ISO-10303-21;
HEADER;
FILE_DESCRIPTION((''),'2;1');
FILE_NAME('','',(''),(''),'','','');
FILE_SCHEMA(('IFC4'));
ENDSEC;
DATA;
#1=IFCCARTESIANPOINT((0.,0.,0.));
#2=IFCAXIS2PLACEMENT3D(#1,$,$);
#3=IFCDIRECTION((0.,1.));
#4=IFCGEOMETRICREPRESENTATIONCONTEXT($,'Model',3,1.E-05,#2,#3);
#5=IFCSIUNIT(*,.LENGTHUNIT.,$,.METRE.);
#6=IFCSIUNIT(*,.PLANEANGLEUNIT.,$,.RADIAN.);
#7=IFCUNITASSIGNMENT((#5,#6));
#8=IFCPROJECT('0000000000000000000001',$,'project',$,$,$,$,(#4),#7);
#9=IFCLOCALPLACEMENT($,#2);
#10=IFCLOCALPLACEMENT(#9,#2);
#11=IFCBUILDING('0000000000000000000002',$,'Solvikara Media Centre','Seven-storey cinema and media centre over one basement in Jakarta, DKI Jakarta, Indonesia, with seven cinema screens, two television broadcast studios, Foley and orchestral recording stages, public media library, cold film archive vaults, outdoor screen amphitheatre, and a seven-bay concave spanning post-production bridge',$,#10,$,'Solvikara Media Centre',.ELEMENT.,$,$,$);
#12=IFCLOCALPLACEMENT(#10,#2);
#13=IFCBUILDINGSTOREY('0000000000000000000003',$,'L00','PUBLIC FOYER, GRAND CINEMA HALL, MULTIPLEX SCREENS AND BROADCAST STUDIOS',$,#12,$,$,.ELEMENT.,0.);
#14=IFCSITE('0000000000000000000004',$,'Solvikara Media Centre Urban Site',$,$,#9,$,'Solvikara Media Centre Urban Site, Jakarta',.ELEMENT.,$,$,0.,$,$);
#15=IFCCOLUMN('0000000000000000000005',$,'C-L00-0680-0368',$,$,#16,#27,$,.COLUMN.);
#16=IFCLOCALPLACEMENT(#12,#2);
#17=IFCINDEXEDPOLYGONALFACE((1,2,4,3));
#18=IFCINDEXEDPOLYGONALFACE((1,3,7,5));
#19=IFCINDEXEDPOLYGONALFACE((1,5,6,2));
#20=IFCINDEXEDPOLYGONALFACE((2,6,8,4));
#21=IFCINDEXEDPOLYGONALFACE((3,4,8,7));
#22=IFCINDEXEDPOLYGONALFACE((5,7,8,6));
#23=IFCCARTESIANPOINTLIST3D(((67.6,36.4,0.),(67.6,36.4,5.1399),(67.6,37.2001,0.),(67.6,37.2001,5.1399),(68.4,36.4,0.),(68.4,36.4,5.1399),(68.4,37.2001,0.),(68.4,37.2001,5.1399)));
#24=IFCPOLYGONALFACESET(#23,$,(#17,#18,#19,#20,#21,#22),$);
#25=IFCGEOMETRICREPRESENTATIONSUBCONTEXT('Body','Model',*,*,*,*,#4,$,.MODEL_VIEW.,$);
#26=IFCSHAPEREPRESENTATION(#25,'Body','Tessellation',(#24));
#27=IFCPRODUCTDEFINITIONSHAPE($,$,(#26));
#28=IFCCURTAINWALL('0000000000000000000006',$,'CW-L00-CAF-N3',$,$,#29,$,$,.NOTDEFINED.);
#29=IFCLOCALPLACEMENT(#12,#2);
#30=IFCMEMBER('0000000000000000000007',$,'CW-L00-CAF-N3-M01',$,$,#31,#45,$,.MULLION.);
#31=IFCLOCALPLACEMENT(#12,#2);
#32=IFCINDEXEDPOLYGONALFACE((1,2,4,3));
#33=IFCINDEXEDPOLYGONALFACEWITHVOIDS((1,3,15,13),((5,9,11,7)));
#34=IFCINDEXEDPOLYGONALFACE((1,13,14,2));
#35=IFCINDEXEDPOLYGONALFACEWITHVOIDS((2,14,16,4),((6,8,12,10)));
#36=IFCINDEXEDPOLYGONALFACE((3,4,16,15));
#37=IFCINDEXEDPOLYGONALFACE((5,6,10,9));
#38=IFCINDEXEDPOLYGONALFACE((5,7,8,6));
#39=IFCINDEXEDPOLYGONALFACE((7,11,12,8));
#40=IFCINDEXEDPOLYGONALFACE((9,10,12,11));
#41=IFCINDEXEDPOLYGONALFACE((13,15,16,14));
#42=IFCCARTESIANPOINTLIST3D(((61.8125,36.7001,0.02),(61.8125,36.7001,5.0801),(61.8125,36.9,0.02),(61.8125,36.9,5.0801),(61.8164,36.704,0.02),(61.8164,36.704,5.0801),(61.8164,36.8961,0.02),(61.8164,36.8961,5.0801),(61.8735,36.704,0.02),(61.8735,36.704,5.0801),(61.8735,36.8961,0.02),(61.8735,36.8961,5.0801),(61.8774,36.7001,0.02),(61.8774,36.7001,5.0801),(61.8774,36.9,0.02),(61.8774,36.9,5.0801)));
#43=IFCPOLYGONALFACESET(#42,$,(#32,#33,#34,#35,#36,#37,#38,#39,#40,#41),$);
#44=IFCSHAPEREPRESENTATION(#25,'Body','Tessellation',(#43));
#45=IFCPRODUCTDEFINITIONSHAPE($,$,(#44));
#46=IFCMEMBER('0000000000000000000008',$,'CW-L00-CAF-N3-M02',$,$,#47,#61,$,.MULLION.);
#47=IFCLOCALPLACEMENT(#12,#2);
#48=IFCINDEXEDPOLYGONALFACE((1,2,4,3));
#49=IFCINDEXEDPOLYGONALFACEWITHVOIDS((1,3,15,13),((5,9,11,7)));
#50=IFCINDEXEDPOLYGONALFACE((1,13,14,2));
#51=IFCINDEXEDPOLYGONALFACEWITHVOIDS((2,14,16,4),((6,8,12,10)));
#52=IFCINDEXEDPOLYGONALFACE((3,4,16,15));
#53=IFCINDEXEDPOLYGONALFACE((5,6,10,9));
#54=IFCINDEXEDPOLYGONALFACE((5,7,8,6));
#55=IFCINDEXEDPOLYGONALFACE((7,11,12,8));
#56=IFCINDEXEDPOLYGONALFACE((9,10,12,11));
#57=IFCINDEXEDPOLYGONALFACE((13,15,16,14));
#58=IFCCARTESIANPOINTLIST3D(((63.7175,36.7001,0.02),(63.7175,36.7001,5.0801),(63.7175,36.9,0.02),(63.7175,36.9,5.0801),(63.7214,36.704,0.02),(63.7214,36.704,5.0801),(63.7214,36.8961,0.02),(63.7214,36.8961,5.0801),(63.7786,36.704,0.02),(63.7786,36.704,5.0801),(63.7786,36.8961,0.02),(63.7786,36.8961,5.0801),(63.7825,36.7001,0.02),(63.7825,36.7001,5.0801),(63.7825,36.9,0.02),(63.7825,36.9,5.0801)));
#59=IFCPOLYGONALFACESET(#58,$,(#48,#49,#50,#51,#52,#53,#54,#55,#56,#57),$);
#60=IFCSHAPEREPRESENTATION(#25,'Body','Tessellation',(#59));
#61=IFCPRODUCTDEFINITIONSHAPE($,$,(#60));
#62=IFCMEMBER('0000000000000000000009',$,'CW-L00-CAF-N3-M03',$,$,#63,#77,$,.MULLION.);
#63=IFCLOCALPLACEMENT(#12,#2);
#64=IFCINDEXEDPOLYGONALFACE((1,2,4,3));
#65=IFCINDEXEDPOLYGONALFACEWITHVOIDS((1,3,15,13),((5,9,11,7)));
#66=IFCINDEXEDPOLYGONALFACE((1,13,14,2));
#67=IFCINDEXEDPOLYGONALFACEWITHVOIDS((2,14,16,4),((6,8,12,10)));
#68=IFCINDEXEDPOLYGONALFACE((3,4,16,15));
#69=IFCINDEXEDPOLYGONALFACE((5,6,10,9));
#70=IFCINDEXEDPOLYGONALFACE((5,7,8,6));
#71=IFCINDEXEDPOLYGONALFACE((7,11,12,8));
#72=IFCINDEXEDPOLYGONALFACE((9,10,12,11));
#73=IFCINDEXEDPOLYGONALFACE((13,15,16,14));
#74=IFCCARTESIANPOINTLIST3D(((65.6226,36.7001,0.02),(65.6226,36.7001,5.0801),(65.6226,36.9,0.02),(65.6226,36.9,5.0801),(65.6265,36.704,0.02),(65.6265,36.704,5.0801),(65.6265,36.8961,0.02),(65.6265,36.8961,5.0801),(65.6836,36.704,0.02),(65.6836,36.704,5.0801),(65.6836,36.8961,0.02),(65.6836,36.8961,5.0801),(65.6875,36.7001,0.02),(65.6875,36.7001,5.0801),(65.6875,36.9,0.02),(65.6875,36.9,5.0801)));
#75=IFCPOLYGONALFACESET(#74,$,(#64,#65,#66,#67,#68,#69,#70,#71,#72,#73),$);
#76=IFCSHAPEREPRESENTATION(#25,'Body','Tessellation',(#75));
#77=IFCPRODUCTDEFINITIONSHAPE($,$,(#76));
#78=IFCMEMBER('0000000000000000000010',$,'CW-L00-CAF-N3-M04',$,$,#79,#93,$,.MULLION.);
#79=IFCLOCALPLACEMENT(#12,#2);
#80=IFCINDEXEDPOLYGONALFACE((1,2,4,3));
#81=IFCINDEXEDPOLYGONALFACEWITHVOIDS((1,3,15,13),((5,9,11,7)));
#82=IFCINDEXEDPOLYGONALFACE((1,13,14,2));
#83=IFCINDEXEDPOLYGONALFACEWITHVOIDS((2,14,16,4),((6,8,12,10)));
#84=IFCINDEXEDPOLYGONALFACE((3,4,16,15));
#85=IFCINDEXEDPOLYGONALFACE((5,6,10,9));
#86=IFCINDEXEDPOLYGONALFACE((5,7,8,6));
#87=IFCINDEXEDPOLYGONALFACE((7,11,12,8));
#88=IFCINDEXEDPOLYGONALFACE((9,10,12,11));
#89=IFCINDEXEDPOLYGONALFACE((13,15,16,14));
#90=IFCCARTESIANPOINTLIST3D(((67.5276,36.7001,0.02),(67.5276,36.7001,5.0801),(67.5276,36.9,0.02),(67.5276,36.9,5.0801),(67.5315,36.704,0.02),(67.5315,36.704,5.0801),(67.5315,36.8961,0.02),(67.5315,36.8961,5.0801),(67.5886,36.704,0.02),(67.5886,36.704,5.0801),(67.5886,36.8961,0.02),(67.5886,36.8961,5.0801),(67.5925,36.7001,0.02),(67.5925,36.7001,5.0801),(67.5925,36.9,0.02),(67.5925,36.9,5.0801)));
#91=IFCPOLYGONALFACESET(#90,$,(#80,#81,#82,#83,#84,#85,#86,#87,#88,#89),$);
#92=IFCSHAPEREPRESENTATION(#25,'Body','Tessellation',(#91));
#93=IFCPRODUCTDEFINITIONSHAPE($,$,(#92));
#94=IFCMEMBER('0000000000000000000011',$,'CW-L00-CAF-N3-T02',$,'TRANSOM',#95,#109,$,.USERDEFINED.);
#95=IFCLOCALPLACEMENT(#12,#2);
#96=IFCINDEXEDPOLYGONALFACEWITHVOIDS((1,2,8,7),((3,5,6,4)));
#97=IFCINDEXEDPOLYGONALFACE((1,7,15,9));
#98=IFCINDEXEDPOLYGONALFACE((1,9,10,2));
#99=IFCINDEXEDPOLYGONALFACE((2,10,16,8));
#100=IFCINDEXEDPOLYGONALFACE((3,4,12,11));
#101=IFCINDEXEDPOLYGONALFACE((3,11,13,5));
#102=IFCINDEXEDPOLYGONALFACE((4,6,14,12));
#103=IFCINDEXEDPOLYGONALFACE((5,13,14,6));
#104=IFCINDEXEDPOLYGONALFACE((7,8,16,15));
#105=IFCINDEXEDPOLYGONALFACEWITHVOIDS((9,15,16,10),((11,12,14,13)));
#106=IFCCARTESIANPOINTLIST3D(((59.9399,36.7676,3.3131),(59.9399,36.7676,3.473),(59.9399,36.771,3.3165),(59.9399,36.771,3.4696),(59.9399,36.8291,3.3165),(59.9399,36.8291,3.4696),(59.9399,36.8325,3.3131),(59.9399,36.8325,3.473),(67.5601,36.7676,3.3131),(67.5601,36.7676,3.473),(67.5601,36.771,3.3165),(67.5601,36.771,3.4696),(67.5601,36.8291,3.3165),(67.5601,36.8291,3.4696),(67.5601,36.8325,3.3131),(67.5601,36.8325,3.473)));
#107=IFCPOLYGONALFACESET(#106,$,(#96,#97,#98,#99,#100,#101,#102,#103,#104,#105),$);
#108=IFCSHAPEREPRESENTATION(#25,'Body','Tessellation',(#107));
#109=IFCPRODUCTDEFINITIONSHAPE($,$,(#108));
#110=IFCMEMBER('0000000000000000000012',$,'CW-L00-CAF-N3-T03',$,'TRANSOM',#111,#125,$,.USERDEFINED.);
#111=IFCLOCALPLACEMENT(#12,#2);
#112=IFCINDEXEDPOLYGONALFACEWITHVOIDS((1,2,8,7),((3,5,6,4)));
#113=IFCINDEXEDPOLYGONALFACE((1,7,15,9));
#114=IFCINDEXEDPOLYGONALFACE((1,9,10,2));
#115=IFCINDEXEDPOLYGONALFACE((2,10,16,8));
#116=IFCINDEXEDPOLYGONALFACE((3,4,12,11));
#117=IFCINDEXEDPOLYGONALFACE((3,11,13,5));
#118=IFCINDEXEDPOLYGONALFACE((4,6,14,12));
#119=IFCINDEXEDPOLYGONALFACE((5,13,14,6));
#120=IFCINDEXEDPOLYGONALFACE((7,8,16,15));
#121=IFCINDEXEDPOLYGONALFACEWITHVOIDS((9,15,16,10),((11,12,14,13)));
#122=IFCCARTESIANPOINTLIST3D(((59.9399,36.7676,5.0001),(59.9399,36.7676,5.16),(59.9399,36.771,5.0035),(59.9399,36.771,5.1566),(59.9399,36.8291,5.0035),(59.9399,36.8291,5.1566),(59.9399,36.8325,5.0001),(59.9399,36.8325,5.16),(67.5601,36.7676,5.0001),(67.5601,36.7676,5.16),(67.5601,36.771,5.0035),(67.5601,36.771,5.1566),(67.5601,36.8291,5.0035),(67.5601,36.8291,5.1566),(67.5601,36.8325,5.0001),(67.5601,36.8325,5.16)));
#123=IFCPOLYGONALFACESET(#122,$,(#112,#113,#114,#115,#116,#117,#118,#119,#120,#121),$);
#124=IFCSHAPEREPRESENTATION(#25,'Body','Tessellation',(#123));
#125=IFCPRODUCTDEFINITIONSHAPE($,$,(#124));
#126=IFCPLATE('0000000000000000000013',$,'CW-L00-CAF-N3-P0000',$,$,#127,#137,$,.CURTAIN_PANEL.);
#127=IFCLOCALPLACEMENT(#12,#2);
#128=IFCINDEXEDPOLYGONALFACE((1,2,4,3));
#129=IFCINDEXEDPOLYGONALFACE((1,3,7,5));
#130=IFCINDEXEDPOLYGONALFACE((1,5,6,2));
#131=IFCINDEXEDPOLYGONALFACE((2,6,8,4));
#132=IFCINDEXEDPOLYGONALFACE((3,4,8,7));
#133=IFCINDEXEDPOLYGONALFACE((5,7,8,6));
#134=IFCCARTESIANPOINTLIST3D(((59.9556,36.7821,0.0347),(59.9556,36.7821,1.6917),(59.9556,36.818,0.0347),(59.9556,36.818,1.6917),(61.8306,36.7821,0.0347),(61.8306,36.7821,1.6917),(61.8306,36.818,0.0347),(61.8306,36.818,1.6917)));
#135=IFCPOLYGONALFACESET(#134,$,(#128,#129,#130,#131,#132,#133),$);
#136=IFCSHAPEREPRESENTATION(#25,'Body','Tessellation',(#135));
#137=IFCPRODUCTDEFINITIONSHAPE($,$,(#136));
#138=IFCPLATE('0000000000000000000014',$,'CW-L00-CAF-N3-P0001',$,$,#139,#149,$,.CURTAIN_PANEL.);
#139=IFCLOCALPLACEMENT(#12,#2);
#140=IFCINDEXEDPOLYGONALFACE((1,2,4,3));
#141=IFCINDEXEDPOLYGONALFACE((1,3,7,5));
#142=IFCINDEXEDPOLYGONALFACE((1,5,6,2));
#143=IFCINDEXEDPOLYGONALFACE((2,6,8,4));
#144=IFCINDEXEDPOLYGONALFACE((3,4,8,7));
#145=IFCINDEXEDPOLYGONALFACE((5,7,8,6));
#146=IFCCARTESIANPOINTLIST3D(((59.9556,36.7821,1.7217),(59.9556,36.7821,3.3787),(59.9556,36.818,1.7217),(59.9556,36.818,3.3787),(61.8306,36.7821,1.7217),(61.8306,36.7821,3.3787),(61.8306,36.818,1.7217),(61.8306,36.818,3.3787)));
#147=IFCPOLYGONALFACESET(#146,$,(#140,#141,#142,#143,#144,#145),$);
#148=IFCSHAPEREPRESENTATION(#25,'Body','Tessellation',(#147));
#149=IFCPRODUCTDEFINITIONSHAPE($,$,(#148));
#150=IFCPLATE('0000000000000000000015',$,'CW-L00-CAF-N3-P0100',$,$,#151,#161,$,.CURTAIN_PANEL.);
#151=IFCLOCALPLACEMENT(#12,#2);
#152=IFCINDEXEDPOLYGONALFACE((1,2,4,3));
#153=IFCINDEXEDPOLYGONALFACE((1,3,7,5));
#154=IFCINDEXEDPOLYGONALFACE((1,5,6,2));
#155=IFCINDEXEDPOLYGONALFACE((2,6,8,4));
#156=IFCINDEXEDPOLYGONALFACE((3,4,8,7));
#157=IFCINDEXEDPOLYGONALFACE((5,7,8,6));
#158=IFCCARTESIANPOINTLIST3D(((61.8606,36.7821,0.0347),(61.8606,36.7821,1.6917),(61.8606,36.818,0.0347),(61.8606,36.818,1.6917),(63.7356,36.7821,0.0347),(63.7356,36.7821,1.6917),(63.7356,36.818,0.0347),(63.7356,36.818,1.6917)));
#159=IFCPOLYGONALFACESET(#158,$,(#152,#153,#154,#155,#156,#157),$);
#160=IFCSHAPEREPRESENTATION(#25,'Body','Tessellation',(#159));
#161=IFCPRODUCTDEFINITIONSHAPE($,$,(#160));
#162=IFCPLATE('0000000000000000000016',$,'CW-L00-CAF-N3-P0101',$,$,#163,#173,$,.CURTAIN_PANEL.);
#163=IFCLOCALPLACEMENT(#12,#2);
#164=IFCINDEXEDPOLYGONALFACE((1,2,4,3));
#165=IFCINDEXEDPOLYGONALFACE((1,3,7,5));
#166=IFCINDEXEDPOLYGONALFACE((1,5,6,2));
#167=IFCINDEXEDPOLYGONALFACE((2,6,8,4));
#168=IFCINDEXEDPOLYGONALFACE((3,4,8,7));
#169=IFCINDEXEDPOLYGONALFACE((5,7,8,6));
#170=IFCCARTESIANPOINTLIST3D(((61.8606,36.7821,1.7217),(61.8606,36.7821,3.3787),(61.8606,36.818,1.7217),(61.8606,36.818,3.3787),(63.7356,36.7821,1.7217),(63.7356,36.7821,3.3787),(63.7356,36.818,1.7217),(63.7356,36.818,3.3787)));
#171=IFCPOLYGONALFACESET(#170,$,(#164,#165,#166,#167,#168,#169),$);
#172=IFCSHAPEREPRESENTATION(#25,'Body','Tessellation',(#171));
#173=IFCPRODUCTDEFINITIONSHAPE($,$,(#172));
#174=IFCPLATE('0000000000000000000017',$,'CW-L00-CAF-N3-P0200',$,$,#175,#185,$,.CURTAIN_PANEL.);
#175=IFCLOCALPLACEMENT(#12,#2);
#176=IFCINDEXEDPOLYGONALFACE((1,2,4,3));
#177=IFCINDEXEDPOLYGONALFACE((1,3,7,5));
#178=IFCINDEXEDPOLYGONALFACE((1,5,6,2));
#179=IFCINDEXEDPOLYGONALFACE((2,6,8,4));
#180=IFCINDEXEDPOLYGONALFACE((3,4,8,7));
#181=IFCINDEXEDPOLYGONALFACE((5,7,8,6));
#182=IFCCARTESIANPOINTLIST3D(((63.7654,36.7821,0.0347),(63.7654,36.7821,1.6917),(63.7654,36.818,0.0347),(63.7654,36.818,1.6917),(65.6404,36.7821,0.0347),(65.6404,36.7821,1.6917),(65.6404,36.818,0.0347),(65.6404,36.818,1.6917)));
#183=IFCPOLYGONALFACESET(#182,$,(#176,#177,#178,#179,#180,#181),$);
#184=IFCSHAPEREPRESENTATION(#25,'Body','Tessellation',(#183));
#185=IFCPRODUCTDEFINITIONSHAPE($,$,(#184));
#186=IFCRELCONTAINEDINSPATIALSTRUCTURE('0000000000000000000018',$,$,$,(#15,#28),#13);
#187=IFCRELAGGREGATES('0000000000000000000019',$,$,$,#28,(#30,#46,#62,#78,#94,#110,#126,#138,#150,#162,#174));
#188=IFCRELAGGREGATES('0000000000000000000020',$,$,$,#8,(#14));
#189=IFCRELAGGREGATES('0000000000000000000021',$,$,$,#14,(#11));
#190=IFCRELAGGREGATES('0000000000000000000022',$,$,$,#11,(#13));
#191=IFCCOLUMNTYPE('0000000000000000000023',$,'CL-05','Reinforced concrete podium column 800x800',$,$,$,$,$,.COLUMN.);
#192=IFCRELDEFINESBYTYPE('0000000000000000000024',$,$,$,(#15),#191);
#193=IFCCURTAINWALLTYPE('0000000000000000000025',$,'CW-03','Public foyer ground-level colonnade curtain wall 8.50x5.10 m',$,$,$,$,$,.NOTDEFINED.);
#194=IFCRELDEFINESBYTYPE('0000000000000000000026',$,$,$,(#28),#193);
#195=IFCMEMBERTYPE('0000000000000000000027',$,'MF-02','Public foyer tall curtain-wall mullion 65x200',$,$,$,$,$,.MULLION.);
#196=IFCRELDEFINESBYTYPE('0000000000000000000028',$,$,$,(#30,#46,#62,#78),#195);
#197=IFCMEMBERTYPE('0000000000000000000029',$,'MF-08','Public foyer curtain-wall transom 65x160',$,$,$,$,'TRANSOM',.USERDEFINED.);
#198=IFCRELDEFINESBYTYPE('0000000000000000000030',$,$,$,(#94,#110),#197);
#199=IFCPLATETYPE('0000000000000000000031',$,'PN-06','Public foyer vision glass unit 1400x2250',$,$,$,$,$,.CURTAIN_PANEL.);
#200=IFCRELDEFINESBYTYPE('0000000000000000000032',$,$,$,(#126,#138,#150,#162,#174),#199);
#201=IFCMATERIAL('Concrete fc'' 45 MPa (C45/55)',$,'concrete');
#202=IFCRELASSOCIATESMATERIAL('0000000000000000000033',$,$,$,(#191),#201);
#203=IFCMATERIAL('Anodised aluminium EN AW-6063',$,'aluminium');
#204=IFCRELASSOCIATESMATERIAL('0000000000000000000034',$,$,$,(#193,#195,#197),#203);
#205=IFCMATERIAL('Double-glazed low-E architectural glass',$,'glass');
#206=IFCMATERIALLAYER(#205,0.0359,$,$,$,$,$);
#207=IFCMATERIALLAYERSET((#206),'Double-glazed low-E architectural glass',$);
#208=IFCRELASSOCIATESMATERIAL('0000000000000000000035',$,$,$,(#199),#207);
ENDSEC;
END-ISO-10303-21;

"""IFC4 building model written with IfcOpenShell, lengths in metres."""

from ifc_helpers import new_model, si_unit, direction, frame, origin, origin_2d, place, context, subcontext, project, spatial, rectangle, hollow_rectangle, extrude, material, layer, layer_set, material_profile, profile_set, type_object, element, aggregate, save


model = new_model("IFC4")

# Units and contexts
model_context = context("Model", 3, precision=1e-05, world=origin(), true_north=direction((0.0, 1.0)))
body_context = subcontext(model_context, "Body", "Model", "MODEL_VIEW")
ifc_project = project(units=[si_unit("LENGTHUNIT", "METRE"), si_unit("PLANEANGLEUNIT", "RADIAN")], contexts=[model_context])

# Site, building, storey
site_placement = place(None, origin())
site = spatial("IfcSite", under=ifc_project, at=site_placement, Name="Solvikara Media Centre Urban Site", LongName="Solvikara Media Centre Urban Site, Jakarta", CompositionType="ELEMENT", RefElevation=0.0)
building_placement = place(site_placement, origin())
building = spatial("IfcBuilding", under=site, at=building_placement, Name="Solvikara Media Centre", Description="Seven-storey cinema and media centre over one basement in Jakarta, DKI Jakarta, Indonesia, with seven cinema screens, two television broadcast studios, Foley and orchestral recording stages, public media library, cold film archive vaults, outdoor screen amphitheatre, and a seven-bay concave spanning post-production bridge", LongName="Solvikara Media Centre", CompositionType="ELEMENT")
storey_placement = place(building_placement, origin())
storey = spatial("IfcBuildingStorey", under=building, at=storey_placement, Name="L00", Description="PUBLIC FOYER, GRAND CINEMA HALL, MULTIPLEX SCREENS AND BROADCAST STUDIOS", CompositionType="ELEMENT", Elevation=0.0)

# Column
ifc_material_1 = material(Name="Concrete fc' 45 MPa (C45/55)", Category="concrete")
ifc_material_profile_1 = material_profile(ifc_material_1, rectangle(XDim=0.8, YDim=0.8, at=origin_2d()), Name="RC 800x800")
ifc_profile_set_1 = profile_set([ifc_material_profile_1], Name="Concrete fc' 45 MPa (C45/55)")
column_type = type_object("IfcColumnType", Name="CL-05", Description="Reinforced concrete podium column 800x800", PredefinedType="COLUMN", material=ifc_profile_set_1)
column_placement = place(storey_placement, frame((68.0, 36.8, 0.0), z_axis=(0.0, 0.0, 1.0), x_axis=(1.0, 0.0, 0.0)))
element("IfcColumn", 1, at=column_placement, inside=storey, type_object=column_type, Name="C-L00-0680-0368", PredefinedType="COLUMN", context=body_context, shape_type="SweptSolid", body=[
    extrude(rectangle(XDim=0.8, YDim=0.8, at=origin_2d()), origin(), (0.0, 0.0, 1.0), 5.1399),
])

# Curtain wall, members, plates
ifc_material_2 = material(Name="Anodised aluminium EN AW-6063", Category="aluminium")
curtain_wall_type = type_object("IfcCurtainWallType", Name="CW-03", Description="Public foyer ground-level colonnade curtain wall 8.50x5.10 m", PredefinedType="NOTDEFINED", material=ifc_material_2)
curtain_wall_placement = place(storey_placement, origin())
curtain_wall = element("IfcCurtainWall", 2, at=curtain_wall_placement, inside=storey, type_object=curtain_wall_type, Name="CW-L00-CAF-N3", PredefinedType="NOTDEFINED")
ifc_material_profile_2 = material_profile(ifc_material_2, hollow_rectangle(XDim=0.0649, YDim=0.2, WallThickness=0.0039, at=origin_2d()), Name="ALU-M 65x200x4")
ifc_profile_set_2 = profile_set([ifc_material_profile_2], Name="Anodised aluminium EN AW-6063")
member_type_1 = type_object("IfcMemberType", Name="MF-02", Description="Public foyer tall curtain-wall mullion 65x200", PredefinedType="MULLION", material=ifc_profile_set_2)
member_1_placement = place(storey_placement, frame((61.845, 36.8, 0.02), z_axis=(0.0, 0.0, 1.0), x_axis=(1.0, 0.0, 0.0)))
member_1 = element("IfcMember", 3, at=member_1_placement, type_object=member_type_1, Name="CW-L00-CAF-N3-M01", PredefinedType="MULLION", context=body_context, shape_type="SweptSolid", body=[
    extrude(hollow_rectangle(XDim=0.0649, YDim=0.2, WallThickness=0.0039, at=origin_2d()), origin(), (0.0, 0.0, 1.0), 5.0601),
])
member_2_placement = place(storey_placement, frame((63.75, 36.8, 0.02), z_axis=(0.0, 0.0, 1.0), x_axis=(1.0, 0.0, 0.0)))
member_2 = element("IfcMember", 4, at=member_2_placement, type_object=member_type_1, Name="CW-L00-CAF-N3-M02", PredefinedType="MULLION", context=body_context, shape_type="SweptSolid", body=[
    extrude(hollow_rectangle(XDim=0.0649, YDim=0.2, WallThickness=0.0039, at=origin_2d()), origin(), (0.0, 0.0, 1.0), 5.0601),
])
member_3_placement = place(storey_placement, frame((65.655, 36.8, 0.02), z_axis=(0.0, 0.0, 1.0), x_axis=(1.0, 0.0, 0.0)))
member_3 = element("IfcMember", 5, at=member_3_placement, type_object=member_type_1, Name="CW-L00-CAF-N3-M03", PredefinedType="MULLION", context=body_context, shape_type="SweptSolid", body=[
    extrude(hollow_rectangle(XDim=0.0649, YDim=0.2, WallThickness=0.0039, at=origin_2d()), origin(), (0.0, 0.0, 1.0), 5.0601),
])
member_4_placement = place(storey_placement, frame((67.5601, 36.8, 0.02), z_axis=(0.0, 0.0, 1.0), x_axis=(1.0, 0.0, 0.0)))
member_4 = element("IfcMember", 6, at=member_4_placement, type_object=member_type_1, Name="CW-L00-CAF-N3-M04", PredefinedType="MULLION", context=body_context, shape_type="SweptSolid", body=[
    extrude(hollow_rectangle(XDim=0.0649, YDim=0.2, WallThickness=0.0039, at=origin_2d()), origin(), (0.0, 0.0, 1.0), 5.0601),
])
ifc_material_profile_3 = material_profile(ifc_material_2, hollow_rectangle(XDim=0.0649, YDim=0.1599, WallThickness=0.0034, at=origin_2d()), Name="ALU-T 65x160x3.5")
ifc_profile_set_3 = profile_set([ifc_material_profile_3], Name="Anodised aluminium EN AW-6063")
member_type_2 = type_object("IfcMemberType", Name="MF-08", Description="Public foyer curtain-wall transom 65x160", ElementType="TRANSOM", PredefinedType="USERDEFINED", material=ifc_profile_set_3)
member_5_placement = place(storey_placement, frame((59.9399, 36.8, 3.3931), z_axis=(1.0, 0.0, 0.0), x_axis=(0.0, 1.0, 0.0)))
member_5 = element("IfcMember", 7, at=member_5_placement, type_object=member_type_2, Name="CW-L00-CAF-N3-T02", ObjectType="TRANSOM", PredefinedType="USERDEFINED", context=body_context, shape_type="SweptSolid", body=[
    extrude(hollow_rectangle(XDim=0.0649, YDim=0.1599, WallThickness=0.0034, at=origin_2d()), origin(), (0.0, 0.0, 1.0), 7.6201),
])
member_6_placement = place(storey_placement, frame((59.9399, 36.8, 5.0801), z_axis=(1.0, 0.0, 0.0), x_axis=(0.0, 1.0, 0.0)))
member_6 = element("IfcMember", 8, at=member_6_placement, type_object=member_type_2, Name="CW-L00-CAF-N3-T03", ObjectType="TRANSOM", PredefinedType="USERDEFINED", context=body_context, shape_type="SweptSolid", body=[
    extrude(hollow_rectangle(XDim=0.0649, YDim=0.1599, WallThickness=0.0034, at=origin_2d()), origin(), (0.0, 0.0, 1.0), 7.6201),
])
ifc_material_3 = material(Name="Double-glazed low-E architectural glass", Category="glass")
ifc_layer_1 = layer(ifc_material_3, 0.0359)
ifc_layer_set_1 = layer_set([ifc_layer_1], Name="Double-glazed low-E architectural glass")
plate_type_1 = type_object("IfcPlateType", Name="PN-06", Description="Public foyer vision glass unit 1400x2250", PredefinedType="CURTAIN_PANEL", material=ifc_layer_set_1)
plate_1_placement = place(storey_placement, frame((60.8931, 36.8, 0.0347), z_axis=(0.0, 0.0, 1.0), x_axis=(1.0, 0.0, 0.0)))
plate_1 = element("IfcPlate", 9, at=plate_1_placement, type_object=plate_type_1, Name="CW-L00-CAF-N3-P0000", PredefinedType="CURTAIN_PANEL", context=body_context, shape_type="SweptSolid", body=[
    extrude(rectangle(XDim=1.875, YDim=0.0359, at=origin_2d()), origin(), (0.0, 0.0, 1.0), 1.657),
])
plate_2_placement = place(storey_placement, frame((60.8931, 36.8, 1.7217), z_axis=(0.0, 0.0, 1.0), x_axis=(1.0, 0.0, 0.0)))
plate_2 = element("IfcPlate", 10, at=plate_2_placement, type_object=plate_type_1, Name="CW-L00-CAF-N3-P0001", PredefinedType="CURTAIN_PANEL", context=body_context, shape_type="SweptSolid", body=[
    extrude(rectangle(XDim=1.875, YDim=0.0359, at=origin_2d()), origin(), (0.0, 0.0, 1.0), 1.657),
])
plate_3_placement = place(storey_placement, frame((62.7981, 36.8, 0.0347), z_axis=(0.0, 0.0, 1.0), x_axis=(1.0, 0.0, 0.0)))
plate_3 = element("IfcPlate", 11, at=plate_3_placement, type_object=plate_type_1, Name="CW-L00-CAF-N3-P0100", PredefinedType="CURTAIN_PANEL", context=body_context, shape_type="SweptSolid", body=[
    extrude(rectangle(XDim=1.875, YDim=0.0359, at=origin_2d()), origin(), (0.0, 0.0, 1.0), 1.657),
])
plate_4_placement = place(storey_placement, frame((62.7981, 36.8, 1.7217), z_axis=(0.0, 0.0, 1.0), x_axis=(1.0, 0.0, 0.0)))
plate_4 = element("IfcPlate", 12, at=plate_4_placement, type_object=plate_type_1, Name="CW-L00-CAF-N3-P0101", PredefinedType="CURTAIN_PANEL", context=body_context, shape_type="SweptSolid", body=[
    extrude(rectangle(XDim=1.875, YDim=0.0359, at=origin_2d()), origin(), (0.0, 0.0, 1.0), 1.657),
])
plate_5_placement = place(storey_placement, frame((64.7029, 36.8, 0.0347), z_axis=(0.0, 0.0, 1.0), x_axis=(1.0, 0.0, 0.0)))
plate_5 = element("IfcPlate", 13, at=plate_5_placement, type_object=plate_type_1, Name="CW-L00-CAF-N3-P0200", PredefinedType="CURTAIN_PANEL", context=body_context, shape_type="SweptSolid", body=[
    extrude(rectangle(XDim=1.875, YDim=0.0359, at=origin_2d()), origin(), (0.0, 0.0, 1.0), 1.657),
])
aggregate(curtain_wall, [member_1, member_2, member_3, member_4, member_5, member_6, plate_1, plate_2, plate_3, plate_4, plate_5])

save(model, "model.ifc")
